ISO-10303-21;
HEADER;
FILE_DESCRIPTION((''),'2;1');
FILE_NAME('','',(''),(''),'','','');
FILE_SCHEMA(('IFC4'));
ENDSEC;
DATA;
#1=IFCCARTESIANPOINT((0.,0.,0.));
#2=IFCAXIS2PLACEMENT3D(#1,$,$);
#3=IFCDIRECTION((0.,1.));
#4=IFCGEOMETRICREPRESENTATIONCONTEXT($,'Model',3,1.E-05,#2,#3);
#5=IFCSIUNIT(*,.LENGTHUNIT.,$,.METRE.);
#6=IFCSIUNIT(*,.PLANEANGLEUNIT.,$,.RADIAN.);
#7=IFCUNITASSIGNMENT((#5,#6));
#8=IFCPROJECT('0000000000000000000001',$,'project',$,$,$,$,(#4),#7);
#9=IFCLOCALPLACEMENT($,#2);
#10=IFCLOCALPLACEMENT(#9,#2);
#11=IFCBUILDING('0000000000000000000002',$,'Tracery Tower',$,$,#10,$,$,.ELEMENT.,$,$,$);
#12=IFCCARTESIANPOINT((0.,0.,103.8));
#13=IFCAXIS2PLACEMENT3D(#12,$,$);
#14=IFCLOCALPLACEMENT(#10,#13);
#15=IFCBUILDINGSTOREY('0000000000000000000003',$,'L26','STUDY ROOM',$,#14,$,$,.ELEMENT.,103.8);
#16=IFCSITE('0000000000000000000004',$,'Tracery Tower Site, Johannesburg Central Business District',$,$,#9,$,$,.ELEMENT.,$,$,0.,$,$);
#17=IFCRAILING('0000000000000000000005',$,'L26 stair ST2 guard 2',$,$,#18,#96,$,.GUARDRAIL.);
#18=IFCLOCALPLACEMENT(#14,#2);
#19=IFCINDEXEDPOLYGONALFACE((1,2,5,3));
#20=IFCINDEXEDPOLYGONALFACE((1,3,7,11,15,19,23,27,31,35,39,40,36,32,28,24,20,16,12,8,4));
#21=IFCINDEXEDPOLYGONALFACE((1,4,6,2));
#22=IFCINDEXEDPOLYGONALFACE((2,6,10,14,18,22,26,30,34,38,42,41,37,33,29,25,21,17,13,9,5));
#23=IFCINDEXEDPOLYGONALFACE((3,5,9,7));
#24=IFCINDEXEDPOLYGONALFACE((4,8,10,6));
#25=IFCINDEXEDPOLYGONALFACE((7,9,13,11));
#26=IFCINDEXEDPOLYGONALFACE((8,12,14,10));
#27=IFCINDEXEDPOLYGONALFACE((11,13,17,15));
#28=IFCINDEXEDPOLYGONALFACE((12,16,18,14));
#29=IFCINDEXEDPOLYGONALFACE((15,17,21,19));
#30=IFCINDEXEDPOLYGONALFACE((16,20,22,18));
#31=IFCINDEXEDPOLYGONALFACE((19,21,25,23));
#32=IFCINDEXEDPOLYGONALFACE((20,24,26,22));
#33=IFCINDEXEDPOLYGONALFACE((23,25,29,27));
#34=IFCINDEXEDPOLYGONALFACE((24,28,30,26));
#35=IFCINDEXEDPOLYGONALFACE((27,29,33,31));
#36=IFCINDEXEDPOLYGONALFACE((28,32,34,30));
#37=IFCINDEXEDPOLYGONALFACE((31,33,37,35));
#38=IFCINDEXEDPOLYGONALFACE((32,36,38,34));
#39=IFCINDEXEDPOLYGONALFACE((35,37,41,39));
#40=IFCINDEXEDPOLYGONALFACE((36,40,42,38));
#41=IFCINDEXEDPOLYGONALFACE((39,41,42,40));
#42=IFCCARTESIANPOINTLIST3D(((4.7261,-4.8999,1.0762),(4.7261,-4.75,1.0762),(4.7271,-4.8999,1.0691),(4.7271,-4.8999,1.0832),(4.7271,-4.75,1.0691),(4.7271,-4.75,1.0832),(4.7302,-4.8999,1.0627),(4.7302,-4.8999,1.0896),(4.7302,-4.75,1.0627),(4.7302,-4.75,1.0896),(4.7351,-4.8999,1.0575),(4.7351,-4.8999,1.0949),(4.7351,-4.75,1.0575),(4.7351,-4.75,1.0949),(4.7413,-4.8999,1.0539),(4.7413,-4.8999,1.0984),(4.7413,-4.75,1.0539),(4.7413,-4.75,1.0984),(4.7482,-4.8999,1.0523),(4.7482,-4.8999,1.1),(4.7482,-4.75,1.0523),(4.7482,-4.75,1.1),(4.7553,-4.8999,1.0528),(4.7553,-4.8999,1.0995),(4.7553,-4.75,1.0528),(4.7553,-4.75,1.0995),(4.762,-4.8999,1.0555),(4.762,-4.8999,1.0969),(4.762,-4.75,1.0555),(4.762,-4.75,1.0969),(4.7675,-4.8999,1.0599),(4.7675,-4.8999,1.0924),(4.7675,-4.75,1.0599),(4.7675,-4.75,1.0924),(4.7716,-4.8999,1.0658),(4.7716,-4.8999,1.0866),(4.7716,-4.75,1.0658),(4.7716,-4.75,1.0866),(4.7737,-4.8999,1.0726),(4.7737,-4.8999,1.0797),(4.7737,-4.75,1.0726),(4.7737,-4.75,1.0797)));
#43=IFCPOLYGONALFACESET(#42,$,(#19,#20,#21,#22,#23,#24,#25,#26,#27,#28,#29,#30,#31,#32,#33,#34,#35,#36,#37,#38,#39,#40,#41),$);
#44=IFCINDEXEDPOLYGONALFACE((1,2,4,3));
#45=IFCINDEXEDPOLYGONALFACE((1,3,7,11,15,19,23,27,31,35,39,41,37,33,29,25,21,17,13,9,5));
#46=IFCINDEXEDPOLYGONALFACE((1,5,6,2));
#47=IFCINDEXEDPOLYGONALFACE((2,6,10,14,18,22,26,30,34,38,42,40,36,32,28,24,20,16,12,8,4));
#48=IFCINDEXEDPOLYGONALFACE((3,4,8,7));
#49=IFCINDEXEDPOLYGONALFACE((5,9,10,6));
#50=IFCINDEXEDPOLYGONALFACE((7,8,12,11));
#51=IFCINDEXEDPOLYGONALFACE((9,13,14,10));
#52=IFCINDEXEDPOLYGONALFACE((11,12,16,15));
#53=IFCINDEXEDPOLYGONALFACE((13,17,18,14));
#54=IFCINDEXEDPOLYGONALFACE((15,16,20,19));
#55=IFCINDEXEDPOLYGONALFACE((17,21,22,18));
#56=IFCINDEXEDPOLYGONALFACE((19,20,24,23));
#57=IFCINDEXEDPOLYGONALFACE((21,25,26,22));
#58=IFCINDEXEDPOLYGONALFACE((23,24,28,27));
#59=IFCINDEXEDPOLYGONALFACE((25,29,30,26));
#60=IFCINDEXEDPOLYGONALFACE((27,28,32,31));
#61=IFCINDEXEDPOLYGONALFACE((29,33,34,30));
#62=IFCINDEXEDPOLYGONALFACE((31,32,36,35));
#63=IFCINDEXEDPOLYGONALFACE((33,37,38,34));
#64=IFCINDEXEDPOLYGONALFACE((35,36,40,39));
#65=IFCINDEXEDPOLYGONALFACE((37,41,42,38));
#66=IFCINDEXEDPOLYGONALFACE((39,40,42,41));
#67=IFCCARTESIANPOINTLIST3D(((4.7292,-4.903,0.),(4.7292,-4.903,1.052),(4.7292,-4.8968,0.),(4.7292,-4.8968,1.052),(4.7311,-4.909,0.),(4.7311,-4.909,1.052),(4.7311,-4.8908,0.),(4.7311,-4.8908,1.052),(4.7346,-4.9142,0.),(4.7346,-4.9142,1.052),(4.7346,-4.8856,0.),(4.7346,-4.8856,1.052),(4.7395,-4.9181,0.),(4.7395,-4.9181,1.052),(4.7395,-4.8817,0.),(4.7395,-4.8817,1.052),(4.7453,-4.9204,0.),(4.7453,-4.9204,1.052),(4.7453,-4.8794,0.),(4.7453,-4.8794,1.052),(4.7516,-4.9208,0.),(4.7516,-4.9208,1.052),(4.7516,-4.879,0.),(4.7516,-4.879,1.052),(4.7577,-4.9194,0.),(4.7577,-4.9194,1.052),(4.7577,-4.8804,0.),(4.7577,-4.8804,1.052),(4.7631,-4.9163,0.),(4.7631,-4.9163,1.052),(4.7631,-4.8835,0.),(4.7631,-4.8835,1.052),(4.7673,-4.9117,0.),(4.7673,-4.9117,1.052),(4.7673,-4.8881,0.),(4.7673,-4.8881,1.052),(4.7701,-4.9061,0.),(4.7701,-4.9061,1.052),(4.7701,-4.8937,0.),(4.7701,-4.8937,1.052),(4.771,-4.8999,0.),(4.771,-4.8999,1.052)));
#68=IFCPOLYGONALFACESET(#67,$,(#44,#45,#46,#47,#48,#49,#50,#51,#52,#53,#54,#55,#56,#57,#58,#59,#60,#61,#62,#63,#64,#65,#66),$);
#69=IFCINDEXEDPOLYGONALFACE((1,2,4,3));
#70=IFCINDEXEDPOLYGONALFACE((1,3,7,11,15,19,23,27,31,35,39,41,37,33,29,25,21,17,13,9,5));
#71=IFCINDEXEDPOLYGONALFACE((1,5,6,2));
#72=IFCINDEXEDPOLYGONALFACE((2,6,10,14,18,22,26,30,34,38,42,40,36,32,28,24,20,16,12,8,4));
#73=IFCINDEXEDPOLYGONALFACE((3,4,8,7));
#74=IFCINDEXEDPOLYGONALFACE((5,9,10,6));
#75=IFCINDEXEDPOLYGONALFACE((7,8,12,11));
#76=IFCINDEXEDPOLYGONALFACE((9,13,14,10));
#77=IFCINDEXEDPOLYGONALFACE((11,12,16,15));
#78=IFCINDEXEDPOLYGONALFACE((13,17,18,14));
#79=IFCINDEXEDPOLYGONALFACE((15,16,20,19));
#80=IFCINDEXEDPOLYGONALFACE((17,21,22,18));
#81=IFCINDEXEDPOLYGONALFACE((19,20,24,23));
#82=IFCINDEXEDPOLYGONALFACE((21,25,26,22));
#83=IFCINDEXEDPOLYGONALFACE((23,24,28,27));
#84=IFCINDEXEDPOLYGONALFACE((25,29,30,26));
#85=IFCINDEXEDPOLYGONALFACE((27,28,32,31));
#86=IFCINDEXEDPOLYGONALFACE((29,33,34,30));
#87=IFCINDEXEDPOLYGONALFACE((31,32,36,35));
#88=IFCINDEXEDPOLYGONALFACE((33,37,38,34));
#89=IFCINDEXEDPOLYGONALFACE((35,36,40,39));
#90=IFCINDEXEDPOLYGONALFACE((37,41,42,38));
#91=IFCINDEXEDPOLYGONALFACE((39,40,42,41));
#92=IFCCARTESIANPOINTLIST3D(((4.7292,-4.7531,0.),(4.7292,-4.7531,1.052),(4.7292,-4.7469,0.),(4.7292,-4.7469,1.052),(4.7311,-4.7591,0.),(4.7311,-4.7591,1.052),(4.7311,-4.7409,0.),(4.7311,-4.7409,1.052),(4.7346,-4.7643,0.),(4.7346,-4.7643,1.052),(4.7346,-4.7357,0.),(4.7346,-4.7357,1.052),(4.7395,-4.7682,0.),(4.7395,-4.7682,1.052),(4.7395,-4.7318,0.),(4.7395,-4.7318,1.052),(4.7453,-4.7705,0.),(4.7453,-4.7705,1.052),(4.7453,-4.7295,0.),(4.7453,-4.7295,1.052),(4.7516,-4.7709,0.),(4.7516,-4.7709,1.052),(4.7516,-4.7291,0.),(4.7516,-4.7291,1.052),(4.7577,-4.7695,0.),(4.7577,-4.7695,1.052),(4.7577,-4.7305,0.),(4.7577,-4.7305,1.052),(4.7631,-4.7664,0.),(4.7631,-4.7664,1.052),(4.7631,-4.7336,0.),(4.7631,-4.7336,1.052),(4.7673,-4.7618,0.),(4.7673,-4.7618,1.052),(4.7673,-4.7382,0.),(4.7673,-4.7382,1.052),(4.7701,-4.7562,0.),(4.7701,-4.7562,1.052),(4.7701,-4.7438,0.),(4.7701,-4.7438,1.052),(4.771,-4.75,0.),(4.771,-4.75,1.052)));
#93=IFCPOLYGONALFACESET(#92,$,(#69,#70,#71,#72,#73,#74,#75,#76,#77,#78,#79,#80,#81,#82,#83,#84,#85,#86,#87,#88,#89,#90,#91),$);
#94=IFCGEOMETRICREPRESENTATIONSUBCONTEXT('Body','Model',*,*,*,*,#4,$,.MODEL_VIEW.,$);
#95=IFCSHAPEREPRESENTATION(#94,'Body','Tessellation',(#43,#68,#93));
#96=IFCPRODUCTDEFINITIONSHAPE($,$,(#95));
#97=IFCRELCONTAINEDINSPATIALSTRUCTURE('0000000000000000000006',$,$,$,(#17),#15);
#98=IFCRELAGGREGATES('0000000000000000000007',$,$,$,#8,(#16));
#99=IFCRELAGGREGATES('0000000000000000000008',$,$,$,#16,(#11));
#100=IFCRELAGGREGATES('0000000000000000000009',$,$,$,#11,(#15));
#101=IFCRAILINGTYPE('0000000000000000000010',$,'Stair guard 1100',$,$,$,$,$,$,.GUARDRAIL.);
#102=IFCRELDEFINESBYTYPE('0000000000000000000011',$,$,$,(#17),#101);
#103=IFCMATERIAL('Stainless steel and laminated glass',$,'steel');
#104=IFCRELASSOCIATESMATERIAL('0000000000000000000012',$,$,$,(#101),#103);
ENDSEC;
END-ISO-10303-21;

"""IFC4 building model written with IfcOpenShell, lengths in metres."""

from ifc_helpers import new_model, si_unit, direction, frame, origin, origin_2d, place, context, subcontext, project, spatial, circle, extrude, material, type_object, element, save


model = new_model("IFC4")

# Units and contexts
model_context = context("Model", 3, precision=1e-05, world=origin(), true_north=direction((0.0, 1.0)))
body_context = subcontext(model_context, "Body", "Model", "MODEL_VIEW")
ifc_project = project(units=[si_unit("LENGTHUNIT", "METRE"), si_unit("PLANEANGLEUNIT", "RADIAN")], contexts=[model_context])

# Site, building, storey
site_placement = place(None, origin())
site = spatial("IfcSite", under=ifc_project, at=site_placement, Name="Tracery Tower Site, Johannesburg Central Business District", CompositionType="ELEMENT", RefElevation=0.0)
building_placement = place(site_placement, origin())
building = spatial("IfcBuilding", under=site, at=building_placement, Name="Tracery Tower", CompositionType="ELEMENT")
storey_placement = place(building_placement, frame((0.0, 0.0, 103.8)))
storey = spatial("IfcBuildingStorey", under=building, at=storey_placement, Name="L26", Description="STUDY ROOM", CompositionType="ELEMENT", Elevation=103.8)

# Railing
ifc_material_1 = material(Name="Stainless steel and laminated glass", Category="steel")
railing_type_1 = type_object("IfcRailingType", Name="Stair guard 1100", PredefinedType="GUARDRAIL", material=ifc_material_1)
railing_1_placement = place(storey_placement, frame((4.75, -4.8999, 0.0)))
element("IfcRailing", 1, at=railing_1_placement, inside=storey, type_object=railing_type_1, Name="L26 stair ST2 guard 2", PredefinedType="GUARDRAIL", context=body_context, shape_type="SweptSolid", body=[
    extrude(circle(Radius=0.0239, at=origin_2d()), frame((0.0, 0.0, 1.0762), z_axis=(0.0, 1.0, 0.0), x_axis=(-1.0, 0.0, 0.0)), (0.0, 0.0, 1.0), 0.1499),
    extrude(circle(Radius=0.021, at=origin_2d()), origin(), (0.0, 0.0, 1.0), 1.052),
    extrude(circle(Radius=0.021, at=origin_2d()), frame((0.0, 0.1499, 0.0)), (0.0, 0.0, 1.0), 1.052),
])

save(model, "model.ifc")
